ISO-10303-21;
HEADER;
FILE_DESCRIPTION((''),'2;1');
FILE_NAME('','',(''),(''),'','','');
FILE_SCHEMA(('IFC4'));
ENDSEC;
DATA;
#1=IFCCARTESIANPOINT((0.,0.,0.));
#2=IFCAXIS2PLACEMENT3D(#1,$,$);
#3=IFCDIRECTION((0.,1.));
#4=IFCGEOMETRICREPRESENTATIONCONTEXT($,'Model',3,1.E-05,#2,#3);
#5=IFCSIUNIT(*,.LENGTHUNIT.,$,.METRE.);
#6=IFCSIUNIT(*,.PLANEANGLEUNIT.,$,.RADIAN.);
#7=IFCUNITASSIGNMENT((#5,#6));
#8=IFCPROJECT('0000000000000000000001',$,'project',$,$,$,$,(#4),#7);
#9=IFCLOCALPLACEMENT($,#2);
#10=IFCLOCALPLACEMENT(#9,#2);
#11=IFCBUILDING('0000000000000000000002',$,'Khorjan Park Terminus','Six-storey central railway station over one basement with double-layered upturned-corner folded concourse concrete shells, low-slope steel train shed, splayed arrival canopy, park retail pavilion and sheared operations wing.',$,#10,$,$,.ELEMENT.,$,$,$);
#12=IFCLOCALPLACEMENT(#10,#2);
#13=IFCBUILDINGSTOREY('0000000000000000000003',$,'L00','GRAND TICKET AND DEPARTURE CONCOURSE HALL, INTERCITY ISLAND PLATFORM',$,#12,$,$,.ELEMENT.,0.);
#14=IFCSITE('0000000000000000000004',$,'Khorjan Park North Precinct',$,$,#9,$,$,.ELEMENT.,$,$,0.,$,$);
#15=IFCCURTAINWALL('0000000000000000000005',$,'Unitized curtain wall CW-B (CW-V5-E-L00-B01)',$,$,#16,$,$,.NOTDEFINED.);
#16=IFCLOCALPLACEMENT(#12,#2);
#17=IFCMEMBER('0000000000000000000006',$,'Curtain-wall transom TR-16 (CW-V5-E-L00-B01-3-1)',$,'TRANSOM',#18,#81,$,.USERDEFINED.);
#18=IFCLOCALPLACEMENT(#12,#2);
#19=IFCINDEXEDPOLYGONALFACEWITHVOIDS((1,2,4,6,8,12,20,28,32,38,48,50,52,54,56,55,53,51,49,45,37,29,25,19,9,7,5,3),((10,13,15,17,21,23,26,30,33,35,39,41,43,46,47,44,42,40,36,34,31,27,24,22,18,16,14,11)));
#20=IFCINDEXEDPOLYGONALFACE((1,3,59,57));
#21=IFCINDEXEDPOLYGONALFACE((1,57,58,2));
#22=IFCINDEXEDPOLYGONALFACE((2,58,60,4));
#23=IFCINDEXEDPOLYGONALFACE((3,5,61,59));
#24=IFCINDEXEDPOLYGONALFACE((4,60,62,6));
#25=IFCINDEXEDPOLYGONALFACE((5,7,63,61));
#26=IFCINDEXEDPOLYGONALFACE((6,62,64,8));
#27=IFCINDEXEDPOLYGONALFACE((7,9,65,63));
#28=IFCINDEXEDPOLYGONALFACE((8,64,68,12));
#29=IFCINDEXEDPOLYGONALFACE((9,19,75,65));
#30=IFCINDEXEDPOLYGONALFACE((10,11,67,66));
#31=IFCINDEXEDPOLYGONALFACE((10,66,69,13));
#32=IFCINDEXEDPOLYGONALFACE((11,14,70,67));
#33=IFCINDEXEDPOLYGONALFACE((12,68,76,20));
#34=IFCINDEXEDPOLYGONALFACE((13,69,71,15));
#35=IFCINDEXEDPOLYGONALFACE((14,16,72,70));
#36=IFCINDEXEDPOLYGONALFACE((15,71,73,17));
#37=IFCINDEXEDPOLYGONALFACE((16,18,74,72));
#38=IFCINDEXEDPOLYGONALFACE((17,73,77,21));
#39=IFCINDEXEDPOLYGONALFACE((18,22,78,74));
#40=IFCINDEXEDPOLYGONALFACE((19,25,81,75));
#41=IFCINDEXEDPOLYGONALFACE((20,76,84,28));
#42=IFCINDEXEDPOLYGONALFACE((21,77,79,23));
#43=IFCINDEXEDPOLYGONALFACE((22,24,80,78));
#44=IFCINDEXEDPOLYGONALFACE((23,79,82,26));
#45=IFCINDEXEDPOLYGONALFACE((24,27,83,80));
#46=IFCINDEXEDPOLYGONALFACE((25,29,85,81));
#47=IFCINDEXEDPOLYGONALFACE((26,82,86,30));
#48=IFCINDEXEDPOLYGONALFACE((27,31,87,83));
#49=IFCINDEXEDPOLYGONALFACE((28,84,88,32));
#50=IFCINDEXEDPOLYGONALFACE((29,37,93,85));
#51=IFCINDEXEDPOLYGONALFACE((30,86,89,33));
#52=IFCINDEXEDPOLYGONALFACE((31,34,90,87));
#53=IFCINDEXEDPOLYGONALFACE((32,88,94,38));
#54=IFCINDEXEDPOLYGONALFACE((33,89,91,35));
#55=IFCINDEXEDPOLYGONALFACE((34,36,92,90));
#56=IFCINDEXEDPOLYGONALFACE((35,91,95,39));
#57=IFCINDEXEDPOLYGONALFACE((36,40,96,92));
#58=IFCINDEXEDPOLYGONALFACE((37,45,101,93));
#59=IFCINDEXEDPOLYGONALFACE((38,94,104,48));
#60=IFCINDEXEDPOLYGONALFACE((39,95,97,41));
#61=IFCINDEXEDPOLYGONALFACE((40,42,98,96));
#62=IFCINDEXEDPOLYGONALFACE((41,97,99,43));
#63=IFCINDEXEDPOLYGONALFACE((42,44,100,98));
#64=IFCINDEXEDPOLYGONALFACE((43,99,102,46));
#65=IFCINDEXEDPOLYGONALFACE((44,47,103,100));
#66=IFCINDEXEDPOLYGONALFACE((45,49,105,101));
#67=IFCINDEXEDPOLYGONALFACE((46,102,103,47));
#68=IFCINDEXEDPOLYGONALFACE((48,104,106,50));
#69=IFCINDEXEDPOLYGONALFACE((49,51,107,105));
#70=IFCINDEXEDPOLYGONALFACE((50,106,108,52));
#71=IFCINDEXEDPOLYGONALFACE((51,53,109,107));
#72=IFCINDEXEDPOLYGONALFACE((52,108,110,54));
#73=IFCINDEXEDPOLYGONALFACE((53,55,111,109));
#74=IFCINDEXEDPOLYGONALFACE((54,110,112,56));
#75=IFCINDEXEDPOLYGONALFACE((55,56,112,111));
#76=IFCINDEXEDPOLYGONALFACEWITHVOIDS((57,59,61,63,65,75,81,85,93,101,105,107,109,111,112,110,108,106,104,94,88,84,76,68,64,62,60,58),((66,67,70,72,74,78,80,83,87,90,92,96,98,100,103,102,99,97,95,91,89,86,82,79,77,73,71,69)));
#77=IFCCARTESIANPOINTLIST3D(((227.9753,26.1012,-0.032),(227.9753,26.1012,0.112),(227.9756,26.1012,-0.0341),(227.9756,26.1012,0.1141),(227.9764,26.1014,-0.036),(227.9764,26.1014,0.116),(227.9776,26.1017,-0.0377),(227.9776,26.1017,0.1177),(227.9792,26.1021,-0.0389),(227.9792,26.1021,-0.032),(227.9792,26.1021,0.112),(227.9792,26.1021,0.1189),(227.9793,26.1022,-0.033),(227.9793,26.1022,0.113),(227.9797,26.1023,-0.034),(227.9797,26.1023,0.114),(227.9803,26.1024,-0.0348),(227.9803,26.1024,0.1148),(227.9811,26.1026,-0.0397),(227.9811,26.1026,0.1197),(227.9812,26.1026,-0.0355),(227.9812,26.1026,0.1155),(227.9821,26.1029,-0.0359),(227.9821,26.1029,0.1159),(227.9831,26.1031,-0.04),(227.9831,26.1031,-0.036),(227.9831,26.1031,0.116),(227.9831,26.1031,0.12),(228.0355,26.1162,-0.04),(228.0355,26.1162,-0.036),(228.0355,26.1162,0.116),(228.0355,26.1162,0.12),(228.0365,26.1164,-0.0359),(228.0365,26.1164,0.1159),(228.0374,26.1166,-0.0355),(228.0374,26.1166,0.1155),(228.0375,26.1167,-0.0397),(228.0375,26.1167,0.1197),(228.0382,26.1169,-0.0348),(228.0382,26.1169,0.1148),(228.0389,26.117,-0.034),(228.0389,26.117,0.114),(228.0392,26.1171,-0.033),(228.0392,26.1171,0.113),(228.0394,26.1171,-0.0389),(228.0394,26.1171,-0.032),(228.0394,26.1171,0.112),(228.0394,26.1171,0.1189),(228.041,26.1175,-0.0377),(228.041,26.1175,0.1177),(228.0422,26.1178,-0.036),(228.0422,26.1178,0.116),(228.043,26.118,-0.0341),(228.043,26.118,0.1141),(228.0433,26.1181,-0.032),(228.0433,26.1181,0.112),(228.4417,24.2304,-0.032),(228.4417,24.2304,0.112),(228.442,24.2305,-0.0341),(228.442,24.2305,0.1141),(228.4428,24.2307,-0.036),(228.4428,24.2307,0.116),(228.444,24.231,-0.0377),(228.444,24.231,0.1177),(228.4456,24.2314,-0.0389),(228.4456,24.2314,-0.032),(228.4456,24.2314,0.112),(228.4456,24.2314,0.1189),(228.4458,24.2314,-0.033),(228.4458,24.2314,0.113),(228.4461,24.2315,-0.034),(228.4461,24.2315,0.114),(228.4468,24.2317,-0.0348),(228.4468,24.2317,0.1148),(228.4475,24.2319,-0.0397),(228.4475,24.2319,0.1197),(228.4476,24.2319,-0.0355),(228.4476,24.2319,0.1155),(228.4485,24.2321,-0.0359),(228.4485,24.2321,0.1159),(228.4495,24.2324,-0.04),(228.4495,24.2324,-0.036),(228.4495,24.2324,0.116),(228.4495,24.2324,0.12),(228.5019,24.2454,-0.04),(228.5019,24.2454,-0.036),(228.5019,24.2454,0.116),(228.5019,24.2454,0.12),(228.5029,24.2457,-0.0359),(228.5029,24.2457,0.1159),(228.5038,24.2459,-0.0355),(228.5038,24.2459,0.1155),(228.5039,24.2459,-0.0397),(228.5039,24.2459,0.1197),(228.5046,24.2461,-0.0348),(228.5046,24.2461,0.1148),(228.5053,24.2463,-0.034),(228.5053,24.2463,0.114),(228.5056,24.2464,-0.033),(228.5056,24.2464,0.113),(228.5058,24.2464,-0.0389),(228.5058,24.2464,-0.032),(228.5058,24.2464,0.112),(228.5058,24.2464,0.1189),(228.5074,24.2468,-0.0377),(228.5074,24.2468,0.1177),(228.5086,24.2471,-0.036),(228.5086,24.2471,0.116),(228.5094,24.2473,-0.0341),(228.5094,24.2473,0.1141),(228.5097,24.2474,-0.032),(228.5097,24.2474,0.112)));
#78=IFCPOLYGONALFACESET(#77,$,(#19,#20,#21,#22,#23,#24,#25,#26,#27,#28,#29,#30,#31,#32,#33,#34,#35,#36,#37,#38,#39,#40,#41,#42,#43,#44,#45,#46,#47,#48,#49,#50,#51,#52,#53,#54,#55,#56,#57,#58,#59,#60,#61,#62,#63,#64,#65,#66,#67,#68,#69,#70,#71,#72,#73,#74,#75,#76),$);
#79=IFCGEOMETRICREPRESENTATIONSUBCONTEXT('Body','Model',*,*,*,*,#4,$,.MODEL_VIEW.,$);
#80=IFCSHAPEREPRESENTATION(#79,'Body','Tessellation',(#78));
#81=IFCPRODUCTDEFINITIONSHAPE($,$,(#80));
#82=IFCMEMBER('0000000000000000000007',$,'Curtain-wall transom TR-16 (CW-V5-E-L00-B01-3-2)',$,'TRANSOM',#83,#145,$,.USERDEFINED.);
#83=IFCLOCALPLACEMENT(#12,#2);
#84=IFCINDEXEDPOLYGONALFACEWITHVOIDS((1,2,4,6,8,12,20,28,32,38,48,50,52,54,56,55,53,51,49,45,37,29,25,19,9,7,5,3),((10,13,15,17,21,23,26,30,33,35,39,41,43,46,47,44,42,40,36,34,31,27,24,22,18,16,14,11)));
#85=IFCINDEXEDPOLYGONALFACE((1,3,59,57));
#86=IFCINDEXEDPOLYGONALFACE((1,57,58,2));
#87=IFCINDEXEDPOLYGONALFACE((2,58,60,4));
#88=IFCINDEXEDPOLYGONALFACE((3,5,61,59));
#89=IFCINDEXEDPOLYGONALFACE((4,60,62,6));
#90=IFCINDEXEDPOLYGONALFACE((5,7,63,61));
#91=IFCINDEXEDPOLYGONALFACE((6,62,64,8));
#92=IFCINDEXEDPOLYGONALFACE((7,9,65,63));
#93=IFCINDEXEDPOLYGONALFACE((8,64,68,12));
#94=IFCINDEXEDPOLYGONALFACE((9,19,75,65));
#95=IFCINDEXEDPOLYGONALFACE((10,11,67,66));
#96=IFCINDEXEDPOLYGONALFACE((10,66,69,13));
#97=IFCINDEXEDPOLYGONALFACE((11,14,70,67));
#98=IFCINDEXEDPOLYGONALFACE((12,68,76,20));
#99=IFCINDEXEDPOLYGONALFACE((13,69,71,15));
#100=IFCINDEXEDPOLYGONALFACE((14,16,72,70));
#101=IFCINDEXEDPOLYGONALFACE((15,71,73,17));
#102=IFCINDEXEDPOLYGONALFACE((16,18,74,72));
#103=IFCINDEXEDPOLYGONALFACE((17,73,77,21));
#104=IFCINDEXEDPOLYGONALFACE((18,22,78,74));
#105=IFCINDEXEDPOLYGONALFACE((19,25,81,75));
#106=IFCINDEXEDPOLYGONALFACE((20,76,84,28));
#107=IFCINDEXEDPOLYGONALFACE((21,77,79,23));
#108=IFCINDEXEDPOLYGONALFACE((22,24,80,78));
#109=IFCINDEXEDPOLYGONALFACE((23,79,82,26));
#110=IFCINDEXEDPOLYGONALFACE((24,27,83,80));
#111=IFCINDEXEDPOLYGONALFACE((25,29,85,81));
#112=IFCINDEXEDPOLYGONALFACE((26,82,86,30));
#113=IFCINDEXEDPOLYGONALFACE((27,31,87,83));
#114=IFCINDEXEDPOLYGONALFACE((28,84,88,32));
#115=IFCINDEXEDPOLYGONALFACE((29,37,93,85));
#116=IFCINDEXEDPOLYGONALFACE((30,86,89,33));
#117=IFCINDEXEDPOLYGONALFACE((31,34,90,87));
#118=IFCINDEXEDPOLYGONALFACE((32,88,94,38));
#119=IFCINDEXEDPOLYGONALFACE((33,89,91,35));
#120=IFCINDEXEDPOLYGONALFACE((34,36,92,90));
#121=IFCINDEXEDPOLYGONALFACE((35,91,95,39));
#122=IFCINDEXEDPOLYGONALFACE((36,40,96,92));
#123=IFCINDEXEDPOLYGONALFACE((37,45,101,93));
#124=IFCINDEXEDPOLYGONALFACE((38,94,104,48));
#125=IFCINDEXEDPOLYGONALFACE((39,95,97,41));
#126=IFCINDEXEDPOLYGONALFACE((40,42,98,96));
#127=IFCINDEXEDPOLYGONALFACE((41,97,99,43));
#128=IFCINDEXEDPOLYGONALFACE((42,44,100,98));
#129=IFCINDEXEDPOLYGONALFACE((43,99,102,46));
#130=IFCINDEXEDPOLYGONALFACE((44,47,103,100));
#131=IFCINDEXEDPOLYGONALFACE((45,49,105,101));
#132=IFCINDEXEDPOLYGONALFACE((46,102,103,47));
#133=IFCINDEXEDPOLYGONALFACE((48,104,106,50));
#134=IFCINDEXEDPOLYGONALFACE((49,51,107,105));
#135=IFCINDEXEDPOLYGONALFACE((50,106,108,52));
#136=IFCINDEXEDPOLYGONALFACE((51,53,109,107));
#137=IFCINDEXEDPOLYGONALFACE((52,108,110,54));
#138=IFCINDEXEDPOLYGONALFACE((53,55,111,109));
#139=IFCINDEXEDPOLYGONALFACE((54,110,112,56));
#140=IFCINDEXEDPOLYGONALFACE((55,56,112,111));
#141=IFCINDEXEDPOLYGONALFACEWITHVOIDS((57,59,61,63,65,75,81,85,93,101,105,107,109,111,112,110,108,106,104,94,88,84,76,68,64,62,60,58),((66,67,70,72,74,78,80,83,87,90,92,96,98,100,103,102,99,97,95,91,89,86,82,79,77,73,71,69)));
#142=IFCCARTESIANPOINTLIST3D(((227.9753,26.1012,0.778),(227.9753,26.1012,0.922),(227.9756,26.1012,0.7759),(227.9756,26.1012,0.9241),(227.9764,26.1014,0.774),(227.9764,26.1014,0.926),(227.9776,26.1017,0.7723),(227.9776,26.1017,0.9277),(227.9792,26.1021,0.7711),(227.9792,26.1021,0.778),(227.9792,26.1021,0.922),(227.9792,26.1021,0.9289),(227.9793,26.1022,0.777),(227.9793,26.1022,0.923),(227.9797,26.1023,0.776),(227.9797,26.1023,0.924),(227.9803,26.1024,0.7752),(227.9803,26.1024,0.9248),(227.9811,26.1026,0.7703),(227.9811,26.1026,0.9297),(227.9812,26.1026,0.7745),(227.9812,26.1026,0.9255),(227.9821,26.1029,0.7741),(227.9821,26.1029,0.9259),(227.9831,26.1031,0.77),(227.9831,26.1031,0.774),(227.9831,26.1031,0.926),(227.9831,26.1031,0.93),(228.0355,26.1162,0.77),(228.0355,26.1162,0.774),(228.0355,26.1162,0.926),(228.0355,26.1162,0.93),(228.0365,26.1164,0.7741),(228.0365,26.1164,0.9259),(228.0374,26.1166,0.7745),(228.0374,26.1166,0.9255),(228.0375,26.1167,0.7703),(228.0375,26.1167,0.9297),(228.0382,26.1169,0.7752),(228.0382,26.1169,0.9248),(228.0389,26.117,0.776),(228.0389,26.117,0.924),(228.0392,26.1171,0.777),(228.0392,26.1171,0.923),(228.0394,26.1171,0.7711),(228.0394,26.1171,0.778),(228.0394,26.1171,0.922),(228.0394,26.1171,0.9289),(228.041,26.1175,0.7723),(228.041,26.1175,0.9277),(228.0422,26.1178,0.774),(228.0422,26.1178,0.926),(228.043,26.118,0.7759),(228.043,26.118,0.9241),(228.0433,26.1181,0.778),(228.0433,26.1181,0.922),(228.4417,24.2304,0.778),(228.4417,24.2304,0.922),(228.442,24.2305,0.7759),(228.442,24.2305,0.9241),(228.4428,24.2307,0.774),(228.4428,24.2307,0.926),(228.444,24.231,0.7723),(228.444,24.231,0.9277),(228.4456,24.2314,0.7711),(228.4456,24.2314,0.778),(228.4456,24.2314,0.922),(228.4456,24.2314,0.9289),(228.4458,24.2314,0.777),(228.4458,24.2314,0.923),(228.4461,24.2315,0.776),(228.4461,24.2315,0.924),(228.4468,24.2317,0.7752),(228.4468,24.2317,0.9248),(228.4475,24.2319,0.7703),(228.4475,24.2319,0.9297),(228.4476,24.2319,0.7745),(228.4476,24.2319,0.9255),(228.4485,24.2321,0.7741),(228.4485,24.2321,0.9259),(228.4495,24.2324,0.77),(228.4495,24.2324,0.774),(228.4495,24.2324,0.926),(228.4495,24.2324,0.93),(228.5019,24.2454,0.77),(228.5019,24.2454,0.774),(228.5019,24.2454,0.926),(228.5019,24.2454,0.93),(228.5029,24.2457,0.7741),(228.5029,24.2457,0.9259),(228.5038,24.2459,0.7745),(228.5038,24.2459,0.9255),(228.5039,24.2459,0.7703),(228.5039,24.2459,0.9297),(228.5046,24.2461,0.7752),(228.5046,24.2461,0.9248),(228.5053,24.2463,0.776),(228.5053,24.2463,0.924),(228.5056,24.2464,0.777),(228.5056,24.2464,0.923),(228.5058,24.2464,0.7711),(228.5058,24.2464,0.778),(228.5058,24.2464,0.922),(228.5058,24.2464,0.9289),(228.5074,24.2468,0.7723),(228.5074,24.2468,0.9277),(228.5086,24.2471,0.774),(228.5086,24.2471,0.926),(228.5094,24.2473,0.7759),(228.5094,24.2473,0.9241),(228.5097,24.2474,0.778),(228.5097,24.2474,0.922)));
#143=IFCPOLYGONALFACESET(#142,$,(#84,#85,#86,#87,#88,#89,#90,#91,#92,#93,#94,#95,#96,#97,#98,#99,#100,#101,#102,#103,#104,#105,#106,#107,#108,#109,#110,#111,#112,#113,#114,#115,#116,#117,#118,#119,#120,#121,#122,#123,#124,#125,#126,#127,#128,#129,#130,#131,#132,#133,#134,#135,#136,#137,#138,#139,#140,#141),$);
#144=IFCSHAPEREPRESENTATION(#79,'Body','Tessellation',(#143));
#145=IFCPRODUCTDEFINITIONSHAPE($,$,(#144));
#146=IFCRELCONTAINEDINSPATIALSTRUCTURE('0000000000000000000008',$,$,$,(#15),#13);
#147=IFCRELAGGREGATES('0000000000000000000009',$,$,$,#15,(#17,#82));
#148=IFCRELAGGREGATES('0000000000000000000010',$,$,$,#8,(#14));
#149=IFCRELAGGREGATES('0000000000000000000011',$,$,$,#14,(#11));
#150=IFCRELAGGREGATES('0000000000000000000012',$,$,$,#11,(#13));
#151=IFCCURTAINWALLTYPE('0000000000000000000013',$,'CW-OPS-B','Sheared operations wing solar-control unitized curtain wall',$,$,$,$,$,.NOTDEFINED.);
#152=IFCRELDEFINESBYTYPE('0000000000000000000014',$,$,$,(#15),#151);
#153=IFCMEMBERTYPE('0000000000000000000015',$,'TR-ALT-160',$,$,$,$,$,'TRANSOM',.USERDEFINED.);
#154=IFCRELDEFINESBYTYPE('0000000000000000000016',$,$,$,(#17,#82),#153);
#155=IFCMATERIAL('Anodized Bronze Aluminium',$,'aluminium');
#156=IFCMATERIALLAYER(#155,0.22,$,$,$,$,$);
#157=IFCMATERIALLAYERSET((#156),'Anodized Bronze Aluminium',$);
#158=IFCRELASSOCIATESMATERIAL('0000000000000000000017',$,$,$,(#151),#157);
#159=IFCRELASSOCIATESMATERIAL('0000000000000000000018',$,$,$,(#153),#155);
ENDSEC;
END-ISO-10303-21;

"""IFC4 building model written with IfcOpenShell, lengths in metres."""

from ifc_helpers import new_model, si_unit, direction, frame, origin, origin_2d, place, context, subcontext, project, spatial, hollow_rectangle, extrude, material, layer, layer_set, material_profile, profile_set, type_object, element, aggregate, save


model = new_model("IFC4")

# Units and contexts
model_context = context("Model", 3, precision=1e-05, world=origin(), true_north=direction((0.0, 1.0)))
body_context = subcontext(model_context, "Body", "Model", "MODEL_VIEW")
ifc_project = project(units=[si_unit("LENGTHUNIT", "METRE"), si_unit("PLANEANGLEUNIT", "RADIAN")], contexts=[model_context])

# Site, building, storey
site_placement = place(None, origin())
site = spatial("IfcSite", under=ifc_project, at=site_placement, Name="Khorjan Park North Precinct", CompositionType="ELEMENT", RefElevation=0.0)
building_placement = place(site_placement, origin())
building = spatial("IfcBuilding", under=site, at=building_placement, Name="Khorjan Park Terminus", Description="Six-storey central railway station over one basement with double-layered upturned-corner folded concourse concrete shells, low-slope steel train shed, splayed arrival canopy, park retail pavilion and sheared operations wing.", CompositionType="ELEMENT")
storey_placement = place(building_placement, origin())
storey = spatial("IfcBuildingStorey", under=building, at=storey_placement, Name="L00", Description="GRAND TICKET AND DEPARTURE CONCOURSE HALL, INTERCITY ISLAND PLATFORM", CompositionType="ELEMENT", Elevation=0.0)

# Curtain wall, members
ifc_material_1 = material(Name="Anodized Bronze Aluminium", Category="aluminium")
ifc_layer_1 = layer(ifc_material_1, 0.22)
ifc_layer_set_1 = layer_set([ifc_layer_1], Name="Anodized Bronze Aluminium")
curtain_wall_type = type_object("IfcCurtainWallType", Name="CW-OPS-B", Description="Sheared operations wing solar-control unitized curtain wall", PredefinedType="NOTDEFINED", material=ifc_layer_set_1)
curtain_wall_placement = place(storey_placement, origin())
curtain_wall = element("IfcCurtainWall", 1, at=curtain_wall_placement, inside=storey, type_object=curtain_wall_type, Name="Unitized curtain wall CW-B (CW-V5-E-L00-B01)", PredefinedType="NOTDEFINED")
ifc_material_profile_1 = material_profile(ifc_material_1, hollow_rectangle(XDim=0.07, YDim=0.16, WallThickness=0.004, InnerFilletRadius=0.004, OuterFilletRadius=0.008, at=origin_2d()), Name="ALT 70x160x4")
ifc_profile_set_1 = profile_set([ifc_material_profile_1], Name="Anodized Bronze Aluminium")
member_type_1 = type_object("IfcMemberType", Name="TR-ALT-160", ElementType="TRANSOM", PredefinedType="USERDEFINED", material=ifc_profile_set_1)
member_1_placement = place(storey_placement, frame((228.4757, 24.2389, 0.04), z_axis=(-0.241913, 0.970298, 0.0), x_axis=(-0.970298, -0.241913, 0.0)))
member_1 = element("IfcMember", 2, at=member_1_placement, type_object=member_type_1, Name="Curtain-wall transom TR-16 (CW-V5-E-L00-B01-3-1)", ObjectType="TRANSOM", PredefinedType="USERDEFINED", context=body_context, shape_type="SweptSolid", body=[
    extrude(hollow_rectangle(XDim=0.07, YDim=0.16, WallThickness=0.004, InnerFilletRadius=0.004, OuterFilletRadius=0.008, at=origin_2d()), origin(), (0.0, 0.0, 1.0), 1.928),
])
member_2_placement = place(storey_placement, frame((228.4757, 24.2389, 0.85), z_axis=(-0.241913, 0.970298, 0.0), x_axis=(-0.970298, -0.241913, 0.0)))
member_2 = element("IfcMember", 3, at=member_2_placement, type_object=member_type_1, Name="Curtain-wall transom TR-16 (CW-V5-E-L00-B01-3-2)", ObjectType="TRANSOM", PredefinedType="USERDEFINED", context=body_context, shape_type="SweptSolid", body=[
    extrude(hollow_rectangle(XDim=0.07, YDim=0.16, WallThickness=0.004, InnerFilletRadius=0.004, OuterFilletRadius=0.008, at=origin_2d()), origin(), (0.0, 0.0, 1.0), 1.928),
])
aggregate(curtain_wall, [member_1, member_2])

save(model, "model.ifc")
